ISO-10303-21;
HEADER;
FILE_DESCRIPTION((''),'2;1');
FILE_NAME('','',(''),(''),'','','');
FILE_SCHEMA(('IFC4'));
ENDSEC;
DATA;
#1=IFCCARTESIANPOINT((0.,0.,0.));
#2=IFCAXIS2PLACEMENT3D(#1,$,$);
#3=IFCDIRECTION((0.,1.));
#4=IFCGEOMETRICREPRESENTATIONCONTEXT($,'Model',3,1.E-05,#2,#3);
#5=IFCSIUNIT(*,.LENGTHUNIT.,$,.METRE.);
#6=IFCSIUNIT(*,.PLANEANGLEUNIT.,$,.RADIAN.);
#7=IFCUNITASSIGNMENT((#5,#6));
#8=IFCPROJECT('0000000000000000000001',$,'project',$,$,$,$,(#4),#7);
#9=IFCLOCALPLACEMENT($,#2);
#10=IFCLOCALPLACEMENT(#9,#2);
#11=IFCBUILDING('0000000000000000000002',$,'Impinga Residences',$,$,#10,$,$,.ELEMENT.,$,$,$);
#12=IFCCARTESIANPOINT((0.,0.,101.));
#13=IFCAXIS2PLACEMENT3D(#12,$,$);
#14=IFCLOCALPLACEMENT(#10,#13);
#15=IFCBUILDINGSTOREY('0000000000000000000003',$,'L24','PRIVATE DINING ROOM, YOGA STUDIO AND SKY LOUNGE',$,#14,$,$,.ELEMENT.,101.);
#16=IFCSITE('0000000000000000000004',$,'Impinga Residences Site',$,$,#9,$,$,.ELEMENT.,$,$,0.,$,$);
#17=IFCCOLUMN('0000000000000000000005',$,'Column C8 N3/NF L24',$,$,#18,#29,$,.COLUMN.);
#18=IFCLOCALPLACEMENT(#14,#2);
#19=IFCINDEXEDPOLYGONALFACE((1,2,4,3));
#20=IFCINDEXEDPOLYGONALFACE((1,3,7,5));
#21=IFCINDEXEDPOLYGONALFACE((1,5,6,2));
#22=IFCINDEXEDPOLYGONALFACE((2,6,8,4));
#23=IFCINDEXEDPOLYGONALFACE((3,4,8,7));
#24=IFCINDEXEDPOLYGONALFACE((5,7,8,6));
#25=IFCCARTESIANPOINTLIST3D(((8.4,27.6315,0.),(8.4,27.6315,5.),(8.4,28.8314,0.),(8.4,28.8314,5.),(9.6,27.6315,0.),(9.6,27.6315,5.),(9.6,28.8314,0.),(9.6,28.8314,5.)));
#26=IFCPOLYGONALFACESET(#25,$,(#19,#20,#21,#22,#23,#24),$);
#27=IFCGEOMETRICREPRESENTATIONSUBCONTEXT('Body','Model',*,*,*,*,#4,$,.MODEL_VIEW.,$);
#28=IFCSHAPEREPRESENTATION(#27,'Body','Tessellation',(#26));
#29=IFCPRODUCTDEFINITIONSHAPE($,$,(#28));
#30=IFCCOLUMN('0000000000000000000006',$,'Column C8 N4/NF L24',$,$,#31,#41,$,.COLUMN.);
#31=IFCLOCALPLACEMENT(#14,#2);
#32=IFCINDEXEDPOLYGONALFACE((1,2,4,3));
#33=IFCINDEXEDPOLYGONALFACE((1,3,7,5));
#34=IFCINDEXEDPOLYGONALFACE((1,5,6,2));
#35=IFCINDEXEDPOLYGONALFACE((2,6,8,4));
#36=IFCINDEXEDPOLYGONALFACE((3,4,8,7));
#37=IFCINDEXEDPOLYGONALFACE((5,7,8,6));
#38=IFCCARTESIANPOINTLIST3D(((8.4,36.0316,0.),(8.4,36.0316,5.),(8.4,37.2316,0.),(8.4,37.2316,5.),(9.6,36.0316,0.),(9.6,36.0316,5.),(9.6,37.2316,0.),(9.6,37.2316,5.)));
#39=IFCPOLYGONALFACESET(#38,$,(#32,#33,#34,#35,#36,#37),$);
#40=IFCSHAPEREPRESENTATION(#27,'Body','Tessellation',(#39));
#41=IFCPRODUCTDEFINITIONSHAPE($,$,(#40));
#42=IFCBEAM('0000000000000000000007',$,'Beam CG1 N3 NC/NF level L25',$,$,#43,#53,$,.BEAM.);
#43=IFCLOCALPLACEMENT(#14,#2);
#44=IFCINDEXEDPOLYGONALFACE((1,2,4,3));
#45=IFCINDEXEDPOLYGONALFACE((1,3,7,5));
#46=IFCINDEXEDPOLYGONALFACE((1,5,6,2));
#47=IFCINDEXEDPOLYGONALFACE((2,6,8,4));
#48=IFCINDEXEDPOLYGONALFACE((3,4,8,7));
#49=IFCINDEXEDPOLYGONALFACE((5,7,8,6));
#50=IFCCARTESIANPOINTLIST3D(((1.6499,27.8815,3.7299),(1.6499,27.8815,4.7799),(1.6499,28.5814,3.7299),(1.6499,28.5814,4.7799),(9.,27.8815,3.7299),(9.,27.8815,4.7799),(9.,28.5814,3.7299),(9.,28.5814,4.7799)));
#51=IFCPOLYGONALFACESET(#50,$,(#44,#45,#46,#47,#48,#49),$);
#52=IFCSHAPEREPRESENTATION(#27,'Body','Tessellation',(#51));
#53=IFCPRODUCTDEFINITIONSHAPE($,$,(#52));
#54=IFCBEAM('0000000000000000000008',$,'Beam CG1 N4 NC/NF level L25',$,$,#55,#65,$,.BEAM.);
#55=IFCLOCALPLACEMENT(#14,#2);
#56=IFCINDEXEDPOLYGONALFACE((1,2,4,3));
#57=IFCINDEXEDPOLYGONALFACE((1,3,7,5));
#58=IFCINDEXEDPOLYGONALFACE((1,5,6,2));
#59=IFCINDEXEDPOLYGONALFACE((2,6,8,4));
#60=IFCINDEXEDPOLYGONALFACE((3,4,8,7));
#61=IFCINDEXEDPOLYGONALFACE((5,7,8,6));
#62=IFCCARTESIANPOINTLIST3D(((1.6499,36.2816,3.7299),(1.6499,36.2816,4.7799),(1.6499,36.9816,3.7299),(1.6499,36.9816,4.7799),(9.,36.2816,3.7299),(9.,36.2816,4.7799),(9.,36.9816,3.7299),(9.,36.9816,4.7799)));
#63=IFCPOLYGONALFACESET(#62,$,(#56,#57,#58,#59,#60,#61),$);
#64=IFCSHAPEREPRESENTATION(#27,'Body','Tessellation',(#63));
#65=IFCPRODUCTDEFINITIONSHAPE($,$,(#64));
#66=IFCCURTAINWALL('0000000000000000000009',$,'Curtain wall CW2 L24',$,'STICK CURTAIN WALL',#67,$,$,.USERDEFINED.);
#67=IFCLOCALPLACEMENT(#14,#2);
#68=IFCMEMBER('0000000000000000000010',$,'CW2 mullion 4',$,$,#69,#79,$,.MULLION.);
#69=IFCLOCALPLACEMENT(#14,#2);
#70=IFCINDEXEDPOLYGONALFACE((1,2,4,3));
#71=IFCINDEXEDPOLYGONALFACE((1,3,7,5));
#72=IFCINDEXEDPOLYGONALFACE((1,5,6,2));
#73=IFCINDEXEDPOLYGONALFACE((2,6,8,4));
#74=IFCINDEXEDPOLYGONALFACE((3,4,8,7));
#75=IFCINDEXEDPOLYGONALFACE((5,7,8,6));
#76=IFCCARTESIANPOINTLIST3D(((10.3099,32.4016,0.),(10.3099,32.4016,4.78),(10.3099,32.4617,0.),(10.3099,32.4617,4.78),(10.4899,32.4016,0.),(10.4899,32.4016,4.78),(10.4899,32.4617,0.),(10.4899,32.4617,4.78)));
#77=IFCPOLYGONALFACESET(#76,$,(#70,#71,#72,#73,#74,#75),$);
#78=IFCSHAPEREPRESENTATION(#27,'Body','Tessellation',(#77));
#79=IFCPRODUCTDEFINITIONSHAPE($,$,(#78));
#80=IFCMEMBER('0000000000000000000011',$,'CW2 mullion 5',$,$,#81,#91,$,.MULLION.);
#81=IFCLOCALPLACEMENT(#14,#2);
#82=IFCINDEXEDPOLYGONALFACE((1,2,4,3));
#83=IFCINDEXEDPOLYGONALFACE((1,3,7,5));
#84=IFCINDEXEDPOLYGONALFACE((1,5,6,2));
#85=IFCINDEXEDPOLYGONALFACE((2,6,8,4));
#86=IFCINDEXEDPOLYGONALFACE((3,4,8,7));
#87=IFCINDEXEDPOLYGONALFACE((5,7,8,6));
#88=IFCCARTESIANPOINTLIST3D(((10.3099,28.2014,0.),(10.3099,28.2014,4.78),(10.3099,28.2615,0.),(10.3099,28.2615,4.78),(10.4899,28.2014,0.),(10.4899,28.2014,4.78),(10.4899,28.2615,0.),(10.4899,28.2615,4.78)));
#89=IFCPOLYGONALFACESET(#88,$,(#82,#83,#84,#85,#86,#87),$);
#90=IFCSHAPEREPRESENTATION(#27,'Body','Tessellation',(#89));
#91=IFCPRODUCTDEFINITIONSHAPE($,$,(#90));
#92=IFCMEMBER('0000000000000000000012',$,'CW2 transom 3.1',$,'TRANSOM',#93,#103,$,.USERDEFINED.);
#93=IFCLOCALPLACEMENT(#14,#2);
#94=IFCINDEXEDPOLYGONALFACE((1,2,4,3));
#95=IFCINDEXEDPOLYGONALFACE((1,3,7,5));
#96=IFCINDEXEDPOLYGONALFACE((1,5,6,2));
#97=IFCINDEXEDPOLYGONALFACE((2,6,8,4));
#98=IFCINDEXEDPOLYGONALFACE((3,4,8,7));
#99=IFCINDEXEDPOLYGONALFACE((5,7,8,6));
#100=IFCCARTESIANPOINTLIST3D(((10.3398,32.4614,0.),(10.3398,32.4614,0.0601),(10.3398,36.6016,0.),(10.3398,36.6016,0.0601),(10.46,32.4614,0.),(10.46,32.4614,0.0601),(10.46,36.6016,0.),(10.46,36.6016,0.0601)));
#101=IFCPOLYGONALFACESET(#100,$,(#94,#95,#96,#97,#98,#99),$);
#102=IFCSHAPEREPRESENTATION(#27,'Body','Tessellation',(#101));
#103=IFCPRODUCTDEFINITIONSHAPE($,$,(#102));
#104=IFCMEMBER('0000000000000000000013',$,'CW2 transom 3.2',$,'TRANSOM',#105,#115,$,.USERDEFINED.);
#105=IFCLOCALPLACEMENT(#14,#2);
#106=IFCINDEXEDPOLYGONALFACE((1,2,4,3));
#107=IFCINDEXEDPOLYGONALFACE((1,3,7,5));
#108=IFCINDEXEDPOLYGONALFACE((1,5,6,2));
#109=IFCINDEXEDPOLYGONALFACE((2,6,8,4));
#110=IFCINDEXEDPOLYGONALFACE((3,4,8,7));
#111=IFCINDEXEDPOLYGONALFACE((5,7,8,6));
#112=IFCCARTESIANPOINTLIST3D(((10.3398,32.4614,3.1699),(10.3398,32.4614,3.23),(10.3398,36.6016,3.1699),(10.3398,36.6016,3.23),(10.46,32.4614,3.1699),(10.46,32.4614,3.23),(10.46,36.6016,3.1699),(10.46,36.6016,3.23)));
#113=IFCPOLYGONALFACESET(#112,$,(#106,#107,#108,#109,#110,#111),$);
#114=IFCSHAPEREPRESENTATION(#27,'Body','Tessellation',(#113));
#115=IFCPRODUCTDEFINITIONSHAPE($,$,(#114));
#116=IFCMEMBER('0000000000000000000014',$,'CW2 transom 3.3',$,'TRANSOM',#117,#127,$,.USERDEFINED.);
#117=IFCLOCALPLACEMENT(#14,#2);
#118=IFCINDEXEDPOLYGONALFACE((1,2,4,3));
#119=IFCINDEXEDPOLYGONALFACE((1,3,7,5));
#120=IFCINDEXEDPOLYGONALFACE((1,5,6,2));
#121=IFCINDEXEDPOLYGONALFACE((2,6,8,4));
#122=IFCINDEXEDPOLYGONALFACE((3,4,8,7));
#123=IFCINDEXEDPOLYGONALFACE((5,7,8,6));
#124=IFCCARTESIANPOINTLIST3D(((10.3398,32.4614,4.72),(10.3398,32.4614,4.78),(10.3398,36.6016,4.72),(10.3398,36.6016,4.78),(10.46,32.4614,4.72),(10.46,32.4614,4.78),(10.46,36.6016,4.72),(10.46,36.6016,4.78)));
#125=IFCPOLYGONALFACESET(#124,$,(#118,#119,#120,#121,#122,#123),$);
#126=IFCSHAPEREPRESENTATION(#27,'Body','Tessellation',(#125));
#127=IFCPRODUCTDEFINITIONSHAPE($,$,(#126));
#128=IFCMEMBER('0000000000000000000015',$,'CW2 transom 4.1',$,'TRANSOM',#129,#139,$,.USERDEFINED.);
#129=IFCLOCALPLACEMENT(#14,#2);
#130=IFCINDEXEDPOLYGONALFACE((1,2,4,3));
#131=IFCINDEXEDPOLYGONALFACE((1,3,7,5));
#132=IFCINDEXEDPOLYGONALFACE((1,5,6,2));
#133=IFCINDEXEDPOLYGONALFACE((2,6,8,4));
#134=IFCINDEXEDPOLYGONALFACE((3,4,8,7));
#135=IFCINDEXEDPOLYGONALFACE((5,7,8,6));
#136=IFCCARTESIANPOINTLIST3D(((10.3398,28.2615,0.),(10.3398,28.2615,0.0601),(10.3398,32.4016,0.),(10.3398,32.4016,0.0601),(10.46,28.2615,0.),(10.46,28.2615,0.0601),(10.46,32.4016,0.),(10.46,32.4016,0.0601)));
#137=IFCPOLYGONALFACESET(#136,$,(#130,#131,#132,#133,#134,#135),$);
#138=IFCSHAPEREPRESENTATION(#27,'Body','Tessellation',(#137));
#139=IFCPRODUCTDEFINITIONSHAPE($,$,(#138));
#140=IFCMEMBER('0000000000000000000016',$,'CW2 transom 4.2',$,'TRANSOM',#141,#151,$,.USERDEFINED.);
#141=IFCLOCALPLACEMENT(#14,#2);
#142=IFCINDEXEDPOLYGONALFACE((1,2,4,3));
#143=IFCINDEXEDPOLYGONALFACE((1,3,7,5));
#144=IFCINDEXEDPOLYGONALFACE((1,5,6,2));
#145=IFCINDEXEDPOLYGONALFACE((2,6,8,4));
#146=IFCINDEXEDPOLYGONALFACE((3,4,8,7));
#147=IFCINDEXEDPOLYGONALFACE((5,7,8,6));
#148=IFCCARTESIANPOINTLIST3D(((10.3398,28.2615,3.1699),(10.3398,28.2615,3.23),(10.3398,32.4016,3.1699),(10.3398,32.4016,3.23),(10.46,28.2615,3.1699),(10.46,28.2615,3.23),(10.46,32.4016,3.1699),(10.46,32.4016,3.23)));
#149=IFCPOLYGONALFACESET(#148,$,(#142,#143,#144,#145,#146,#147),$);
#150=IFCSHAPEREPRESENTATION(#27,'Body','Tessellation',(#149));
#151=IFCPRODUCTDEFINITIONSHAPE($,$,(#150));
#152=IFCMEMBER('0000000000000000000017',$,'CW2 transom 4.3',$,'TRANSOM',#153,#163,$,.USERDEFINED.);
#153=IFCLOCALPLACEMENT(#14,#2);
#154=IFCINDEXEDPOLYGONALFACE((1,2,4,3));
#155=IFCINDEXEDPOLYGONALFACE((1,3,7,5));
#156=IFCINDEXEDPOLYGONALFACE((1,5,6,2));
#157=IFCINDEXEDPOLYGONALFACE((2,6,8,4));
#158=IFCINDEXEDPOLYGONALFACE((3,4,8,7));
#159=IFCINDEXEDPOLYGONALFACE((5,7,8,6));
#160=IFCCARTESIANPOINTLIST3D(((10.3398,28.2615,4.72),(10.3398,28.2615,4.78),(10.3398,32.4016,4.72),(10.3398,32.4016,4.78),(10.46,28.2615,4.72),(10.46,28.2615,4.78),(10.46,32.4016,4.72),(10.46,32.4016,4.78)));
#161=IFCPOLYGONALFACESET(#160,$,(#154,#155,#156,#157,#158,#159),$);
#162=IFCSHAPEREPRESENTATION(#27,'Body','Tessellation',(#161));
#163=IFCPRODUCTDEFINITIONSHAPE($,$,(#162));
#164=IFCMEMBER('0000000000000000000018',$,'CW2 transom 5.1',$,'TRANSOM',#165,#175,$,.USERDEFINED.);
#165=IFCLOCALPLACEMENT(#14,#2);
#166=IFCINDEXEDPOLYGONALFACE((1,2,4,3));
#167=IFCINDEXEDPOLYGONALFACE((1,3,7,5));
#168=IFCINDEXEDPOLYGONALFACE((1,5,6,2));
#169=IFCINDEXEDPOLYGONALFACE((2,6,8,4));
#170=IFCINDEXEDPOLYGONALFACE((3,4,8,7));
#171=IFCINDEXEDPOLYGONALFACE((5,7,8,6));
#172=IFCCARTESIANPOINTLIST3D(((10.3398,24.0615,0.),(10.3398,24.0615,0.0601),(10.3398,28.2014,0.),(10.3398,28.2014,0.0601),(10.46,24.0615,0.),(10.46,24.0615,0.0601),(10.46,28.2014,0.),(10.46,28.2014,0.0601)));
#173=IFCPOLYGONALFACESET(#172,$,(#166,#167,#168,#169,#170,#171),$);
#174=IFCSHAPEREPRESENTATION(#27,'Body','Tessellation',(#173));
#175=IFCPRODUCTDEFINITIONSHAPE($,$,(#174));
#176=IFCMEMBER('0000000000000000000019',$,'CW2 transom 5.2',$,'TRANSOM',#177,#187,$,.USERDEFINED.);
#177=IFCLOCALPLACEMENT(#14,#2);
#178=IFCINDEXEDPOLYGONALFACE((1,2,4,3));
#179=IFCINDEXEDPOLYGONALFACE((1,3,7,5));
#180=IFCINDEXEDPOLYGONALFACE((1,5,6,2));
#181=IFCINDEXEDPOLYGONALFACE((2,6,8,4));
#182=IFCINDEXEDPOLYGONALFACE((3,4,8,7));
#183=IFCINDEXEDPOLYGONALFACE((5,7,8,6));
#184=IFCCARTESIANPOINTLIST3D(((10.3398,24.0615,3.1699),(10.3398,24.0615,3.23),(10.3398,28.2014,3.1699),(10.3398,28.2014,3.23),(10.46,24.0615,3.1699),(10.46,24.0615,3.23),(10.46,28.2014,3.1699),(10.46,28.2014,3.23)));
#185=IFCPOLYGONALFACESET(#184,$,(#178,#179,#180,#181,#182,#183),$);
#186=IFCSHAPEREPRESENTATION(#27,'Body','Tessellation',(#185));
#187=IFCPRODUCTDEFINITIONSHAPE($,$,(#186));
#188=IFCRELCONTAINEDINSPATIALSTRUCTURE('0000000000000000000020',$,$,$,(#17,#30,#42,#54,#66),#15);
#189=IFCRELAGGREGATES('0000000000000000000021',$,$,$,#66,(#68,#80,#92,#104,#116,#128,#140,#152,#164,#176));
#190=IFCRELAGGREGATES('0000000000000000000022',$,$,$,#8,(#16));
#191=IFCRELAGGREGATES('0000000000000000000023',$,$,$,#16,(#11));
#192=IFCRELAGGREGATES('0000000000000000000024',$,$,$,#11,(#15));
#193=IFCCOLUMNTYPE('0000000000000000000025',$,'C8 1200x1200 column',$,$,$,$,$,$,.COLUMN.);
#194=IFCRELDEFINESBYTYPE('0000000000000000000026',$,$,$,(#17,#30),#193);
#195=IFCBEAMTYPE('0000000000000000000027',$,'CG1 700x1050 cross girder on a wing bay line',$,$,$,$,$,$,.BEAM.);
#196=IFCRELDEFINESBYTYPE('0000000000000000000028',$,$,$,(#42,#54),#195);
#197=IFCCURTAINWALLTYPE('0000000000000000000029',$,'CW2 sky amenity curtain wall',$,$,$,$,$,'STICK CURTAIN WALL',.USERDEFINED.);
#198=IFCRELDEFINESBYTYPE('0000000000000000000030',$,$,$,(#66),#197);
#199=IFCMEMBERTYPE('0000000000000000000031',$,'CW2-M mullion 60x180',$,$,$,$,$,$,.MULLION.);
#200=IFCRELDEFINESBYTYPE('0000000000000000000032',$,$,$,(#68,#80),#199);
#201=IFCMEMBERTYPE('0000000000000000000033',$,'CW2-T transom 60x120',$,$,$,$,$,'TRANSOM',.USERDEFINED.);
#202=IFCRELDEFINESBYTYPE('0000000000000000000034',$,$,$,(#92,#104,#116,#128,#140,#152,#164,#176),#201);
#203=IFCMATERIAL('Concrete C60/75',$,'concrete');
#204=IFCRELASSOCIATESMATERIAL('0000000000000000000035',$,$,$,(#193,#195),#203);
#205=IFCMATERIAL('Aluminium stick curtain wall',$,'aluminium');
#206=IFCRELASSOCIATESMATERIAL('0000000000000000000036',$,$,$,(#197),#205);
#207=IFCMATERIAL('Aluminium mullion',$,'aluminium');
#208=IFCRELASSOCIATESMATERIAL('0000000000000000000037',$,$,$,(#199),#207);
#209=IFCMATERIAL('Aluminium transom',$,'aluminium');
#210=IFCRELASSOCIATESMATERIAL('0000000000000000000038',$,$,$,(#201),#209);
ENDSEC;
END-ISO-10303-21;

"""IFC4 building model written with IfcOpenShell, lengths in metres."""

from ifc_helpers import new_model, si_unit, direction, frame, origin, origin_2d, place, context, subcontext, project, spatial, rectangle, extrude, material, material_profile, profile_set, type_object, element, aggregate, save


model = new_model("IFC4")

# Units and contexts
model_context = context("Model", 3, precision=1e-05, world=origin(), true_north=direction((0.0, 1.0)))
body_context = subcontext(model_context, "Body", "Model", "MODEL_VIEW")
ifc_project = project(units=[si_unit("LENGTHUNIT", "METRE"), si_unit("PLANEANGLEUNIT", "RADIAN")], contexts=[model_context])

# Site, building, storey
site_placement = place(None, origin())
site = spatial("IfcSite", under=ifc_project, at=site_placement, Name="Impinga Residences Site", CompositionType="ELEMENT", RefElevation=0.0)
building_placement = place(site_placement, origin())
building = spatial("IfcBuilding", under=site, at=building_placement, Name="Impinga Residences", CompositionType="ELEMENT")
storey_placement = place(building_placement, frame((0.0, 0.0, 101.0)))
storey = spatial("IfcBuildingStorey", under=building, at=storey_placement, Name="L24", Description="PRIVATE DINING ROOM, YOGA STUDIO AND SKY LOUNGE", CompositionType="ELEMENT", Elevation=101.0)

# Columns
ifc_material_1 = material(Name="Concrete C60/75", Category="concrete")
ifc_material_profile_1 = material_profile(ifc_material_1, rectangle(XDim=1.2, YDim=1.2, at=origin_2d()), Name="RC 1200x1200")
ifc_profile_set_1 = profile_set([ifc_material_profile_1], Name="Concrete C60/75")
column_type = type_object("IfcColumnType", Name="C8 1200x1200 column", PredefinedType="COLUMN", material=ifc_profile_set_1)
for number, where, z_axis, x_axis, name in (
    (1, (9.0, 28.2314, 0.0), (0.0, 0.0, 1.0), (1.0, 0.0, 0.0), "Column C8 N3/NF L24"),
    (2, (9.0, 36.6316, 0.0), (0.0, 0.0, 1.0), (1.0, 0.0, 0.0), "Column C8 N4/NF L24"),
):
    element("IfcColumn", number, at=place(storey_placement, frame(where, z_axis=z_axis, x_axis=x_axis)), inside=storey, type_object=column_type, Name=name, PredefinedType="COLUMN", context=body_context, shape_type="SweptSolid", body=[
        extrude(rectangle(XDim=1.2, YDim=1.2, at=origin_2d()), origin(), (0.0, 0.0, 1.0), 5.0),
    ])

# Beams
ifc_material_profile_2 = material_profile(ifc_material_1, rectangle(XDim=0.7, YDim=1.05, at=origin_2d()), Name="RC 700x1050")
ifc_profile_set_2 = profile_set([ifc_material_profile_2], Name="Concrete C60/75")
beam_type_1 = type_object("IfcBeamType", Name="CG1 700x1050 cross girder on a wing bay line", PredefinedType="BEAM", material=ifc_profile_set_2)
for number, where, z_axis, x_axis, name in (
    (3, (1.6499, 28.2314, 4.2549), (1.0, 0.0, 0.0), (0.0, 1.0, 0.0), "Beam CG1 N3 NC/NF level L25"),
    (4, (1.6499, 36.6316, 4.2549), (1.0, 0.0, 0.0), (0.0, 1.0, 0.0), "Beam CG1 N4 NC/NF level L25"),
):
    element("IfcBeam", number, at=place(storey_placement, frame(where, z_axis=z_axis, x_axis=x_axis)), inside=storey, type_object=beam_type_1, Name=name, PredefinedType="BEAM", context=body_context, shape_type="SweptSolid", body=[
        extrude(rectangle(XDim=0.7, YDim=1.05, at=origin_2d()), origin(), (0.0, 0.0, 1.0), 7.3501),
    ])

# Curtain wall, members
ifc_material_2 = material(Name="Aluminium stick curtain wall", Category="aluminium")
curtain_wall_type = type_object("IfcCurtainWallType", Name="CW2 sky amenity curtain wall", ElementType="STICK CURTAIN WALL", PredefinedType="USERDEFINED", material=ifc_material_2)
curtain_wall_placement = place(storey_placement, origin())
curtain_wall = element("IfcCurtainWall", 5, at=curtain_wall_placement, inside=storey, type_object=curtain_wall_type, Name="Curtain wall CW2 L24", ObjectType="STICK CURTAIN WALL", PredefinedType="USERDEFINED")
ifc_material_3 = material(Name="Aluminium mullion", Category="aluminium")
ifc_material_profile_3 = material_profile(ifc_material_3, rectangle(XDim=0.0601, YDim=0.1799, at=origin_2d()), Name="60x180 mullion")
ifc_profile_set_3 = profile_set([ifc_material_profile_3], Name="Aluminium mullion")
member_type_1 = type_object("IfcMemberType", Name="CW2-M mullion 60x180", PredefinedType="MULLION", material=ifc_profile_set_3)
member_1_placement = place(storey_placement, frame((10.3999, 32.4316, 0.0), z_axis=(0.0, 0.0, 1.0), x_axis=(0.0, -1.0, 0.0)))
member_1 = element("IfcMember", 6, at=member_1_placement, type_object=member_type_1, Name="CW2 mullion 4", PredefinedType="MULLION", context=body_context, shape_type="SweptSolid", body=[
    extrude(rectangle(XDim=0.0601, YDim=0.1799, at=origin_2d()), origin(), (0.0, 0.0, 1.0), 4.78),
])
member_2_placement = place(storey_placement, frame((10.3999, 28.2314, 0.0), z_axis=(0.0, 0.0, 1.0), x_axis=(0.0, -1.0, 0.0)))
member_2 = element("IfcMember", 7, at=member_2_placement, type_object=member_type_1, Name="CW2 mullion 5", PredefinedType="MULLION", context=body_context, shape_type="SweptSolid", body=[
    extrude(rectangle(XDim=0.0601, YDim=0.1799, at=origin_2d()), origin(), (0.0, 0.0, 1.0), 4.78),
])
ifc_material_4 = material(Name="Aluminium transom", Category="aluminium")
ifc_material_profile_4 = material_profile(ifc_material_4, rectangle(XDim=0.0601, YDim=0.1201, at=origin_2d()), Name="60x120 transom")
ifc_profile_set_4 = profile_set([ifc_material_profile_4], Name="Aluminium transom")
member_type_2 = type_object("IfcMemberType", Name="CW2-T transom 60x120", ElementType="TRANSOM", PredefinedType="USERDEFINED", material=ifc_profile_set_4)
member_3_placement = place(storey_placement, frame((10.3999, 36.6016, 0.03), z_axis=(0.0, -1.0, 0.0), x_axis=(0.0, 0.0, 1.0)))
member_3 = element("IfcMember", 8, at=member_3_placement, type_object=member_type_2, Name="CW2 transom 3.1", ObjectType="TRANSOM", PredefinedType="USERDEFINED", context=body_context, shape_type="SweptSolid", body=[
    extrude(rectangle(XDim=0.0601, YDim=0.1201, at=origin_2d()), origin(), (0.0, 0.0, 1.0), 4.1401),
])
member_4_placement = place(storey_placement, frame((10.3999, 36.6016, 3.2), z_axis=(0.0, -1.0, 0.0), x_axis=(0.0, 0.0, 1.0)))
member_4 = element("IfcMember", 9, at=member_4_placement, type_object=member_type_2, Name="CW2 transom 3.2", ObjectType="TRANSOM", PredefinedType="USERDEFINED", context=body_context, shape_type="SweptSolid", body=[
    extrude(rectangle(XDim=0.0601, YDim=0.1201, at=origin_2d()), origin(), (0.0, 0.0, 1.0), 4.1401),
])
member_5_placement = place(storey_placement, frame((10.3999, 36.6016, 4.75), z_axis=(0.0, -1.0, 0.0), x_axis=(0.0, 0.0, 1.0)))
member_5 = element("IfcMember", 10, at=member_5_placement, type_object=member_type_2, Name="CW2 transom 3.3", ObjectType="TRANSOM", PredefinedType="USERDEFINED", context=body_context, shape_type="SweptSolid", body=[
    extrude(rectangle(XDim=0.0601, YDim=0.1201, at=origin_2d()), origin(), (0.0, 0.0, 1.0), 4.1401),
])
member_6_placement = place(storey_placement, frame((10.3999, 32.4016, 0.03), z_axis=(0.0, -1.0, 0.0), x_axis=(0.0, 0.0, 1.0)))
member_6 = element("IfcMember", 11, at=member_6_placement, type_object=member_type_2, Name="CW2 transom 4.1", ObjectType="TRANSOM", PredefinedType="USERDEFINED", context=body_context, shape_type="SweptSolid", body=[
    extrude(rectangle(XDim=0.0601, YDim=0.1201, at=origin_2d()), origin(), (0.0, 0.0, 1.0), 4.1401),
])
member_7_placement = place(storey_placement, frame((10.3999, 32.4016, 3.2), z_axis=(0.0, -1.0, 0.0), x_axis=(0.0, 0.0, 1.0)))
member_7 = element("IfcMember", 12, at=member_7_placement, type_object=member_type_2, Name="CW2 transom 4.2", ObjectType="TRANSOM", PredefinedType="USERDEFINED", context=body_context, shape_type="SweptSolid", body=[
    extrude(rectangle(XDim=0.0601, YDim=0.1201, at=origin_2d()), origin(), (0.0, 0.0, 1.0), 4.1401),
])
member_8_placement = place(storey_placement, frame((10.3999, 32.4016, 4.75), z_axis=(0.0, -1.0, 0.0), x_axis=(0.0, 0.0, 1.0)))
member_8 = element("IfcMember", 13, at=member_8_placement, type_object=member_type_2, Name="CW2 transom 4.3", ObjectType="TRANSOM", PredefinedType="USERDEFINED", context=body_context, shape_type="SweptSolid", body=[
    extrude(rectangle(XDim=0.0601, YDim=0.1201, at=origin_2d()), origin(), (0.0, 0.0, 1.0), 4.1401),
])
member_9_placement = place(storey_placement, frame((10.3999, 28.2014, 0.03), z_axis=(0.0, -1.0, 0.0), x_axis=(0.0, 0.0, 1.0)))
member_9 = element("IfcMember", 14, at=member_9_placement, type_object=member_type_2, Name="CW2 transom 5.1", ObjectType="TRANSOM", PredefinedType="USERDEFINED", context=body_context, shape_type="SweptSolid", body=[
    extrude(rectangle(XDim=0.0601, YDim=0.1201, at=origin_2d()), origin(), (0.0, 0.0, 1.0), 4.1399),
])
member_10_placement = place(storey_placement, frame((10.3999, 28.2014, 3.2), z_axis=(0.0, -1.0, 0.0), x_axis=(0.0, 0.0, 1.0)))
member_10 = element("IfcMember", 15, at=member_10_placement, type_object=member_type_2, Name="CW2 transom 5.2", ObjectType="TRANSOM", PredefinedType="USERDEFINED", context=body_context, shape_type="SweptSolid", body=[
    extrude(rectangle(XDim=0.0601, YDim=0.1201, at=origin_2d()), origin(), (0.0, 0.0, 1.0), 4.1399),
])

aggregate(curtain_wall, [member_1, member_2, member_3, member_4, member_5, member_6, member_7, member_8, member_9, member_10])

save(model, "model.ifc")
